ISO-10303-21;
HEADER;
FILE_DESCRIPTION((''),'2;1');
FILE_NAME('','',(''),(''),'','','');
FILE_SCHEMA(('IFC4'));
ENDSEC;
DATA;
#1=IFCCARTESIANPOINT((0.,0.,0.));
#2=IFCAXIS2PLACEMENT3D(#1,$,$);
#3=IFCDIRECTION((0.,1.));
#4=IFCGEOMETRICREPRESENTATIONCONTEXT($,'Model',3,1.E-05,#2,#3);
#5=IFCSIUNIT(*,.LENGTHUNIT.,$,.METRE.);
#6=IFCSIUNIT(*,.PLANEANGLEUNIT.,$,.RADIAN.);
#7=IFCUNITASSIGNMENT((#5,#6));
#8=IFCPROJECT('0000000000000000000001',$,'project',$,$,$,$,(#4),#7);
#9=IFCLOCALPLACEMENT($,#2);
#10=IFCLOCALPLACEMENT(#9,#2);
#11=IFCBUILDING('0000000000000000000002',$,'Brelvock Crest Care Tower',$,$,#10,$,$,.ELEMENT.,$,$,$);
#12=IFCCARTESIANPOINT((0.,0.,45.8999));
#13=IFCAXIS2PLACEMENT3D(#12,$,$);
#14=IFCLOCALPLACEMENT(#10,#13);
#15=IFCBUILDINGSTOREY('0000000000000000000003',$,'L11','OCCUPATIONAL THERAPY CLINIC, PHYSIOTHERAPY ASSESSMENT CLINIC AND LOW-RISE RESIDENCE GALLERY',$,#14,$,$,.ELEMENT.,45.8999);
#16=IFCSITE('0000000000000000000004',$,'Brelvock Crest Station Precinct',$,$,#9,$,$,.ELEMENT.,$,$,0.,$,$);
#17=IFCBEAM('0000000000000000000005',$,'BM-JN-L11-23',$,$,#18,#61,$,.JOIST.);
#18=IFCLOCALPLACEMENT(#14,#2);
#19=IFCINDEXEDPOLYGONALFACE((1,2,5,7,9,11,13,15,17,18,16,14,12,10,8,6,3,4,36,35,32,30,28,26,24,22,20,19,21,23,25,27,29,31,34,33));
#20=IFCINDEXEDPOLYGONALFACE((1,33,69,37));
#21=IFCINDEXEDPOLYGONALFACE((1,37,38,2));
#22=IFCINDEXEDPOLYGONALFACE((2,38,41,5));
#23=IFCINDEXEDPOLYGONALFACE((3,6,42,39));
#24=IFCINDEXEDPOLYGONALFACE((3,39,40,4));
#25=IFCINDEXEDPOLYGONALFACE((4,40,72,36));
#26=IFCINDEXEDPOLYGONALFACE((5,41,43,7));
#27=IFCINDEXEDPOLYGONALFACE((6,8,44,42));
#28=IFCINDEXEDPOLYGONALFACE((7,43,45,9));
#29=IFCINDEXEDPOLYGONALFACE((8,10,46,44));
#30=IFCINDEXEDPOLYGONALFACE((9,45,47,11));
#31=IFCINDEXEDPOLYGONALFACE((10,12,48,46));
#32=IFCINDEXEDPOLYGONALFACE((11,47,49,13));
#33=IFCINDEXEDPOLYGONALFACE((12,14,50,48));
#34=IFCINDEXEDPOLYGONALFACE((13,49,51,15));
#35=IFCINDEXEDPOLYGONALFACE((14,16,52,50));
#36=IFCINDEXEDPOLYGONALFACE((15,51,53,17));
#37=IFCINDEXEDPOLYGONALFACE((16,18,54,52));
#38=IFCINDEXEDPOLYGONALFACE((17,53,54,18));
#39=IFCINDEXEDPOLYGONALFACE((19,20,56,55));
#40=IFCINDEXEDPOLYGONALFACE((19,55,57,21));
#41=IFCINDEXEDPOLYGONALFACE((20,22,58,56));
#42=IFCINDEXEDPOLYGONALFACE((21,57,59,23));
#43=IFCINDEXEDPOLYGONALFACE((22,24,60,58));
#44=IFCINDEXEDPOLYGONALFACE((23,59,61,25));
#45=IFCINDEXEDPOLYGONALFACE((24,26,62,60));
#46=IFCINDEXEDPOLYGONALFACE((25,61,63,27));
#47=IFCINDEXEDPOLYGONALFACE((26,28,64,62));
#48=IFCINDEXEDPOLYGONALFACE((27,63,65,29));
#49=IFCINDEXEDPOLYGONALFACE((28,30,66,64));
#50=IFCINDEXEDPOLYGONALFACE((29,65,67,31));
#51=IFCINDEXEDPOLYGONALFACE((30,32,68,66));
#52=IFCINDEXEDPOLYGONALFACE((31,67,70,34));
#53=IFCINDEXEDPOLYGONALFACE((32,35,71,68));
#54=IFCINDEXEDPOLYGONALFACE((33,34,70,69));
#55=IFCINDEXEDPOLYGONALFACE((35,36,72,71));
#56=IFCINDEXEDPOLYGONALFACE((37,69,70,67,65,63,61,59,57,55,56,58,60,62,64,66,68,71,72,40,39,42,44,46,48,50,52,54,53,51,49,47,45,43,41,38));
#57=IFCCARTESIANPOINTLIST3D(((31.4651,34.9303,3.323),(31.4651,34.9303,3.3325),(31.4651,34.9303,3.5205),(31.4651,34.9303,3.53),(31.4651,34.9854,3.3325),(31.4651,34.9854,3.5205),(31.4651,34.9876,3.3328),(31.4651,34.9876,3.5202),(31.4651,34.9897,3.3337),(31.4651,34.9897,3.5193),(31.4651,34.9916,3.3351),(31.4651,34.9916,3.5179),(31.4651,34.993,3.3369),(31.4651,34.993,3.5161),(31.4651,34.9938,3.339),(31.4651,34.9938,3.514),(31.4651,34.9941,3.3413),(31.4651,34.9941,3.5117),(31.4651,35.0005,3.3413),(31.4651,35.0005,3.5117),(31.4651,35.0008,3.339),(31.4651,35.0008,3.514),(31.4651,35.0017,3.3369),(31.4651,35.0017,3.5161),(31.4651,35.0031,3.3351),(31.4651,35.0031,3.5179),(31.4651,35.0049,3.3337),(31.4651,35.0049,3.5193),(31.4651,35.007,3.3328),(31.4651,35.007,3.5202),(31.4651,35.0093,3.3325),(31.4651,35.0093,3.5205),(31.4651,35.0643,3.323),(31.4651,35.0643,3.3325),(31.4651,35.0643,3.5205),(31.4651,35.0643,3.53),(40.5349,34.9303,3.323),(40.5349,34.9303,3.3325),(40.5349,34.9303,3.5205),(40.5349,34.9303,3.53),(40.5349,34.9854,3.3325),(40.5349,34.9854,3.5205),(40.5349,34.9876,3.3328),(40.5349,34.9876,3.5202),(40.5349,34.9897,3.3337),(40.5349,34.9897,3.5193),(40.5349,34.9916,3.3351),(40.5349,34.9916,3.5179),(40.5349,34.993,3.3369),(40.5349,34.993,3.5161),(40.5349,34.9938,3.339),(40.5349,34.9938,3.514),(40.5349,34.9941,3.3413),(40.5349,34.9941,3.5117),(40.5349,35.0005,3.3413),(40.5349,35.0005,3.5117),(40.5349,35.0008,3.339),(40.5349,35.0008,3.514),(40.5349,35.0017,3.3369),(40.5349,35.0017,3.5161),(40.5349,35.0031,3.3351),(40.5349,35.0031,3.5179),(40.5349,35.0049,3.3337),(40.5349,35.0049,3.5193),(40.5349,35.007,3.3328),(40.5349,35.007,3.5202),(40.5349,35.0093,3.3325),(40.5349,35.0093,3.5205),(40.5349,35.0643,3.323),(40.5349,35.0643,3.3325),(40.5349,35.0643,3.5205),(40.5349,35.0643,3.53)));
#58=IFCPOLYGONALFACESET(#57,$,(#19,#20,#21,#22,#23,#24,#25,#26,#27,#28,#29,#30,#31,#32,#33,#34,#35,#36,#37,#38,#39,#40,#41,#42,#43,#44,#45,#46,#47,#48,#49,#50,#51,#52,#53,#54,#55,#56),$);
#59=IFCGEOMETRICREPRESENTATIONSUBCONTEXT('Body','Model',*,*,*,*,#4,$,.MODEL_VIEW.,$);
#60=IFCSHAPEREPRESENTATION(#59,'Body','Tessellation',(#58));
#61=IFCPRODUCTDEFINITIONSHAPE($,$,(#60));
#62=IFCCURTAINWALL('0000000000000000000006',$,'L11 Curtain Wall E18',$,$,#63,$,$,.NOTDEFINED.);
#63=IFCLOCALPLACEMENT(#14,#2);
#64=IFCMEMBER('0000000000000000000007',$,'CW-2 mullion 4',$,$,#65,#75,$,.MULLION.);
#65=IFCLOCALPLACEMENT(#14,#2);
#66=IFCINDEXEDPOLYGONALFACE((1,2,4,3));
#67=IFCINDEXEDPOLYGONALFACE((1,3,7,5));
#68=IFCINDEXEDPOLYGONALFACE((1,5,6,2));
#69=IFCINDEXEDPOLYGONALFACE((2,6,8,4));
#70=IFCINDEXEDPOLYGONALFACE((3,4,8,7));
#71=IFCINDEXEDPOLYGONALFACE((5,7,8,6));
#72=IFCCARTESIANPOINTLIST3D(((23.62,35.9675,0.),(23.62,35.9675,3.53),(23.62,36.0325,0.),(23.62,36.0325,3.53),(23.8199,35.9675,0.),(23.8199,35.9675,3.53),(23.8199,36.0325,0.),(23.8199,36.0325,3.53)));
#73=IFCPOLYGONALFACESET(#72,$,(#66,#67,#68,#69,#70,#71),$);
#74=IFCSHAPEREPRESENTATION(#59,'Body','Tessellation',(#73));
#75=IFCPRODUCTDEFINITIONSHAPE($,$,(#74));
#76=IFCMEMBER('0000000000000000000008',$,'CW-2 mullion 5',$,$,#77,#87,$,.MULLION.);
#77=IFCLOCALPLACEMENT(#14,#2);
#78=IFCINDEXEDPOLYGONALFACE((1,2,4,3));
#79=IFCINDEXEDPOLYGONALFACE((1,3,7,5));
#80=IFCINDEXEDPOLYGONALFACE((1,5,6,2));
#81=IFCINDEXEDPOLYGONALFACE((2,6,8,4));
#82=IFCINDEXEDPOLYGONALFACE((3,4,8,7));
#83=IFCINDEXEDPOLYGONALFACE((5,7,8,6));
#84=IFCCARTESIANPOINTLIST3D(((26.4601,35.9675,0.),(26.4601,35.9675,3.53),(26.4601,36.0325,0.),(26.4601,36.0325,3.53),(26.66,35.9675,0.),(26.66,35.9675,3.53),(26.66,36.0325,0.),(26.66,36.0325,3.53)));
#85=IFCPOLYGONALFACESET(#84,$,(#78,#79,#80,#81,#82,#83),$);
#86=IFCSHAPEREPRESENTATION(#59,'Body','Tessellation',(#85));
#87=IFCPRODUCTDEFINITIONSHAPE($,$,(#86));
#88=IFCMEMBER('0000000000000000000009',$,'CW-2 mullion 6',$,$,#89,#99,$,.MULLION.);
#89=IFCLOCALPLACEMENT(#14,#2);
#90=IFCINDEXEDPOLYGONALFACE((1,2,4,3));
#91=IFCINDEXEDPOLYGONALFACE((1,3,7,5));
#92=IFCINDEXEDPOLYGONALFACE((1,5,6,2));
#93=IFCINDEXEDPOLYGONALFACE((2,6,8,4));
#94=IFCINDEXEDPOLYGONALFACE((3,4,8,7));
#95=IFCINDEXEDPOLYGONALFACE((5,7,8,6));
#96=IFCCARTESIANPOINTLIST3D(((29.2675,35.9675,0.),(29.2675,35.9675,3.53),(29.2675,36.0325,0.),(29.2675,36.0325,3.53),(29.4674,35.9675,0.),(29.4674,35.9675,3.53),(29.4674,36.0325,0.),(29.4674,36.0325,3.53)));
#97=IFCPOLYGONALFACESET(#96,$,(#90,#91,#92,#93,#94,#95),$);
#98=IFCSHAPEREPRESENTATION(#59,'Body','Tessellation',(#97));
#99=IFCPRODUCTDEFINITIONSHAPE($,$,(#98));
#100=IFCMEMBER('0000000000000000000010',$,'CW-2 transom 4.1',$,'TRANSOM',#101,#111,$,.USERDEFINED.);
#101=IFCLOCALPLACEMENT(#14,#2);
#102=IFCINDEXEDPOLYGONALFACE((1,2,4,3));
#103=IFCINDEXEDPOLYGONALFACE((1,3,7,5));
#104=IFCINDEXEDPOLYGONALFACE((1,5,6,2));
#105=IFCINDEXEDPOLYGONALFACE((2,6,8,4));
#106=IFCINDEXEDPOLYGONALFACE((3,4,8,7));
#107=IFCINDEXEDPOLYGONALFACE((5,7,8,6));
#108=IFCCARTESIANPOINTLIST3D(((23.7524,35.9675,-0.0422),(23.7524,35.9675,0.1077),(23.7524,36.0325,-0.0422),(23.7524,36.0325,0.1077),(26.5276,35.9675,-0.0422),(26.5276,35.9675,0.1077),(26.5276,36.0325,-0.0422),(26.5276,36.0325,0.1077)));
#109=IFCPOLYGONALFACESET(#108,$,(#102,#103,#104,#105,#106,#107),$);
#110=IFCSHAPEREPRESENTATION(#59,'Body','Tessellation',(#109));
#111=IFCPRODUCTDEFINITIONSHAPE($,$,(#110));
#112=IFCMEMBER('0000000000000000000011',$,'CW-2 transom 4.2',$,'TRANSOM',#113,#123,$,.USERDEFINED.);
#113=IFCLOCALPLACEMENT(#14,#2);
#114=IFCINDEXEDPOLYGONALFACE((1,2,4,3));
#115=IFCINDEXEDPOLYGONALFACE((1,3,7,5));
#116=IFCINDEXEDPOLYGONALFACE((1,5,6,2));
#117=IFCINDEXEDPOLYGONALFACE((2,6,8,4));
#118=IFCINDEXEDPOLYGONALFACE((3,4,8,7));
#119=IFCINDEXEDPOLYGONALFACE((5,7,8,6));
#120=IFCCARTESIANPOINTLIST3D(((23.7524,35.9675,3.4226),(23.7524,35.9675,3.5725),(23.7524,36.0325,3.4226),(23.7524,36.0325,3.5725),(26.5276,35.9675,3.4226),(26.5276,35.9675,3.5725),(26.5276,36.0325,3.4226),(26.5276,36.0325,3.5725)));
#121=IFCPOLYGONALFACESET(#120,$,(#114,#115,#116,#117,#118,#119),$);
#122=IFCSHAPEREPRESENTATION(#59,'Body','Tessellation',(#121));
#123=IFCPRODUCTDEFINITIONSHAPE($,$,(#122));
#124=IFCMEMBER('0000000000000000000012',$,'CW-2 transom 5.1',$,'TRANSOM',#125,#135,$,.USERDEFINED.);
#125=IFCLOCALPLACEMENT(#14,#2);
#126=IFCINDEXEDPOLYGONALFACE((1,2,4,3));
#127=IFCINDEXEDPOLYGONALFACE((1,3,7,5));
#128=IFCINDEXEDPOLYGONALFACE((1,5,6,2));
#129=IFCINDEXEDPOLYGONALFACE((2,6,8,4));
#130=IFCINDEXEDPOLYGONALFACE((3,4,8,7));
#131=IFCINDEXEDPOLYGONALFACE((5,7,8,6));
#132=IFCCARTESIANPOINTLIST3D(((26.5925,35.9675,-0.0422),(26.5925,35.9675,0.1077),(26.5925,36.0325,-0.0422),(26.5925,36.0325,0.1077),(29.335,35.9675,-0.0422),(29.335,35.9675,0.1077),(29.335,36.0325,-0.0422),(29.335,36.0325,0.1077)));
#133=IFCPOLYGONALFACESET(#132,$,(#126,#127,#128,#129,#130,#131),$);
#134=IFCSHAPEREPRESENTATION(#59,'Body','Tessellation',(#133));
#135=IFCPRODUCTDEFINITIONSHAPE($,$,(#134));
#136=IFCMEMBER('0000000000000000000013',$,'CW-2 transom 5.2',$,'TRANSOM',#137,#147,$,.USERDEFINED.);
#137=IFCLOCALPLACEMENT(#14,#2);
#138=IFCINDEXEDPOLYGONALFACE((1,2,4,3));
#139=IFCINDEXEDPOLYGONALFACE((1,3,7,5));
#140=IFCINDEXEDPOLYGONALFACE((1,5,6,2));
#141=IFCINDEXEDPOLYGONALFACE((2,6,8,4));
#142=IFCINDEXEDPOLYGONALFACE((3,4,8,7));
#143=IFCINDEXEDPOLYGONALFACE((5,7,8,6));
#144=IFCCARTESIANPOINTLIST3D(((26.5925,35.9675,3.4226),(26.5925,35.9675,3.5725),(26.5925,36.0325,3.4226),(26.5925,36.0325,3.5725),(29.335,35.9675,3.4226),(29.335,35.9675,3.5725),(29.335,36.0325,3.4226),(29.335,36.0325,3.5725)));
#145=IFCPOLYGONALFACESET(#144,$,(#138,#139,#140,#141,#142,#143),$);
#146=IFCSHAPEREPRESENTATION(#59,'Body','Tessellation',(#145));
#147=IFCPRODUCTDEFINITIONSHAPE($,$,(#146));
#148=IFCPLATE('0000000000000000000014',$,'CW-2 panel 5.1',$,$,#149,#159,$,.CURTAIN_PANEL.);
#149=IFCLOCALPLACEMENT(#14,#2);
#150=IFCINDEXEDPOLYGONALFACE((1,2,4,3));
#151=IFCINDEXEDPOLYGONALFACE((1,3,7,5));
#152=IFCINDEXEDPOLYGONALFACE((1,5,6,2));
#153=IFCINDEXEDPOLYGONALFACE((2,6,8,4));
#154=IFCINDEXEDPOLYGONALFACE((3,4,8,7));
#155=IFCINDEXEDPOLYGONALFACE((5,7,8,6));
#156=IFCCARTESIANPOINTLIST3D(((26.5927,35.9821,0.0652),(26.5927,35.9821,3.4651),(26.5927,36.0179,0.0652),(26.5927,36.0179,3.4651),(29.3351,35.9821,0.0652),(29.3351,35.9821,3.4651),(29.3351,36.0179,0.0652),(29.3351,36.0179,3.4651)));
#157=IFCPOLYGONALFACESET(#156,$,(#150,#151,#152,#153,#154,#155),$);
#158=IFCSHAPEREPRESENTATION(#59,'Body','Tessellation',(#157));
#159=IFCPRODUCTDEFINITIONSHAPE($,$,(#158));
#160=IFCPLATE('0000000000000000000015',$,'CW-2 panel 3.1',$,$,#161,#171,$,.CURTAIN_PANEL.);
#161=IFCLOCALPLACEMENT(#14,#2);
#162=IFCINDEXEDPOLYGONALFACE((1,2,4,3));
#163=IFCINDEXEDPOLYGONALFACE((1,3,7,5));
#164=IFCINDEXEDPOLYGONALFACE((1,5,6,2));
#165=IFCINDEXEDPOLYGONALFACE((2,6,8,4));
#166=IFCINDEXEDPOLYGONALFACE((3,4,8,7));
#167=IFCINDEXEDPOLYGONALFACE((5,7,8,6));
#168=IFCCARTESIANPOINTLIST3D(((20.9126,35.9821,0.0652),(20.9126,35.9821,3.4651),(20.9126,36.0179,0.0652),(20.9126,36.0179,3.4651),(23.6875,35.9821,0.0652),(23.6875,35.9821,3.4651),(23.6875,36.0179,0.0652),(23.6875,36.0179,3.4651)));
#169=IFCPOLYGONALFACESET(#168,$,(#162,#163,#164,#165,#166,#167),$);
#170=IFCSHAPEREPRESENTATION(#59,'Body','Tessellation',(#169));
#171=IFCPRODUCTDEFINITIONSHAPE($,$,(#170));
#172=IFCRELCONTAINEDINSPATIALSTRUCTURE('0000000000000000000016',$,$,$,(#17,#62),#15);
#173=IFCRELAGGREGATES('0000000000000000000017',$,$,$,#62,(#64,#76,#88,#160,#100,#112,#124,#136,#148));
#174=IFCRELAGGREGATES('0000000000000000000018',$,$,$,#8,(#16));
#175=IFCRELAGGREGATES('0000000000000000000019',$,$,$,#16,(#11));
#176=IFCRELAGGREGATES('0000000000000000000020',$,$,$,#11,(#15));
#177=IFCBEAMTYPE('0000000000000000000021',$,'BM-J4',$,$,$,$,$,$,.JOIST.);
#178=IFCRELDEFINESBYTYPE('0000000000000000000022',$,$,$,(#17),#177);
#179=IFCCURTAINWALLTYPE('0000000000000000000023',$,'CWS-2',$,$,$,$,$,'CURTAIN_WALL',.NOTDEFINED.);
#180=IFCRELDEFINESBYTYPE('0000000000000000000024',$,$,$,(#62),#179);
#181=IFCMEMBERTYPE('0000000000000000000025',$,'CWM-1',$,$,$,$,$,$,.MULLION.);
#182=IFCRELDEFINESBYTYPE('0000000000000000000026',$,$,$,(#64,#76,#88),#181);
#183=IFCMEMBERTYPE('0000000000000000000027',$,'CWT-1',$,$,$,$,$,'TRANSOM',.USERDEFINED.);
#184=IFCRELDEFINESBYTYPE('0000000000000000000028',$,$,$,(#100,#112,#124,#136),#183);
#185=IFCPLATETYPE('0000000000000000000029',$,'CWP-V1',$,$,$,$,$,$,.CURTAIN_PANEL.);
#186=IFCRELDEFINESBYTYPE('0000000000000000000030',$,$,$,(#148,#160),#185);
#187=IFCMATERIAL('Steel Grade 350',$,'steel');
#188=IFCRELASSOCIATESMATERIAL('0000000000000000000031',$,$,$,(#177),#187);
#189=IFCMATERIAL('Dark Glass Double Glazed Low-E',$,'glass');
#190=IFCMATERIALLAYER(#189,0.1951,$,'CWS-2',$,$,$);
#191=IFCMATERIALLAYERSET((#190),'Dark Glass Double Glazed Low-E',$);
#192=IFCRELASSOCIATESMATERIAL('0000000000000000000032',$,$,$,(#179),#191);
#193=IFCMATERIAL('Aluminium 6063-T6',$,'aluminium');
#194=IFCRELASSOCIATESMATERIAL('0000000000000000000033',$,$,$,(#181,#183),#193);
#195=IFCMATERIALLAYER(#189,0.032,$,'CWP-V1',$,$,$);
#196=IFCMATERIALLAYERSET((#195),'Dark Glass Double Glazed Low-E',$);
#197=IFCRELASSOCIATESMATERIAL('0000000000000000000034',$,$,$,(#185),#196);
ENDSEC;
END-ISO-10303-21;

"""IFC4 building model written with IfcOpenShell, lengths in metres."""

from ifc_helpers import new_model, si_unit, direction, frame, origin, origin_2d, place, context, subcontext, project, spatial, rectangle, i_section, extrude, source, transform, mapped, material, layer, layer_set, material_profile, profile_set, type_object, element, aggregate, save


model = new_model("IFC4")

# Units and contexts
model_context = context("Model", 3, precision=1e-05, world=origin(), true_north=direction((0.0, 1.0)))
body_context = subcontext(model_context, "Body", "Model", "MODEL_VIEW")
ifc_project = project(units=[si_unit("LENGTHUNIT", "METRE"), si_unit("PLANEANGLEUNIT", "RADIAN")], contexts=[model_context])

# Site, building, storey
site_placement = place(None, origin())
site = spatial("IfcSite", under=ifc_project, at=site_placement, Name="Brelvock Crest Station Precinct", CompositionType="ELEMENT", RefElevation=0.0)
building_placement = place(site_placement, origin())
building = spatial("IfcBuilding", under=site, at=building_placement, Name="Brelvock Crest Care Tower", CompositionType="ELEMENT")
storey_placement = place(building_placement, frame((0.0, 0.0, 45.8999)))
storey = spatial("IfcBuildingStorey", under=building, at=storey_placement, Name="L11", Description="OCCUPATIONAL THERAPY CLINIC, PHYSIOTHERAPY ASSESSMENT CLINIC AND LOW-RISE RESIDENCE GALLERY", CompositionType="ELEMENT", Elevation=45.8999)

# Shared definitions
ifc_material_1 = material(Name="Steel Grade 350", Category="steel")

# Beam
ifc_material_profile_1 = material_profile(ifc_material_1, i_section(OverallWidth=0.134, OverallDepth=0.207, WebThickness=0.0063, FlangeThickness=0.0095, FilletRadius=0.0088, at=origin_2d()), Name="200UB29.8")
ifc_profile_set_1 = profile_set([ifc_material_profile_1], Name="Steel Grade 350")
beam_type_1 = type_object("IfcBeamType", Name="BM-J4", PredefinedType="JOIST", material=ifc_profile_set_1)
shared_shape_1 = source(origin(), body_context, "Body", "SweptSolid", [
    extrude(i_section(OverallWidth=0.134, OverallDepth=0.207, WebThickness=0.0063, FlangeThickness=0.0095, FilletRadius=0.0088, at=origin_2d()), origin(), (0.0, 0.0, 1.0), 9.0698),
])
for number, where, z_axis, x_axis, name in (
    (1, (31.4651, 34.9973, 3.4265), (1.0, 0.0, 0.0), (0.0, 1.0, 0.0), "BM-JN-L11-23"),
):
    element("IfcBeam", number, at=place(storey_placement, frame(where, z_axis=z_axis, x_axis=x_axis)), inside=storey, type_object=beam_type_1, Name=name, PredefinedType="JOIST", context=body_context, shape_type="MappedRepresentation", body=[
        mapped(shared_shape_1, transform((0.0, 0.0, 0.0), x_axis=(1.0, 0.0, 0.0), y_axis=(0.0, 1.0, 0.0), z_axis=(0.0, 0.0, 1.0), scale=1.0)),
    ])

# Curtain wall, members, plates
ifc_material_2 = material(Name="Dark Glass Double Glazed Low-E", Category="glass")
ifc_layer_1 = layer(ifc_material_2, 0.1951, Name="CWS-2")
ifc_layer_set_1 = layer_set([ifc_layer_1], Name="Dark Glass Double Glazed Low-E")
curtain_wall_type = type_object("IfcCurtainWallType", Name="CWS-2", ElementType="CURTAIN_WALL", PredefinedType="NOTDEFINED", material=ifc_layer_set_1)
curtain_wall_placement = place(storey_placement, origin())
curtain_wall = element("IfcCurtainWall", 2, at=curtain_wall_placement, inside=storey, type_object=curtain_wall_type, Name="L11 Curtain Wall E18", PredefinedType="NOTDEFINED")
ifc_material_3 = material(Name="Aluminium 6063-T6", Category="aluminium")
ifc_material_profile_2 = material_profile(ifc_material_3, rectangle(XDim=0.0649, YDim=0.2, at=origin_2d()), Name="ALU65x200")
ifc_profile_set_2 = profile_set([ifc_material_profile_2], Name="Aluminium 6063-T6")
member_type_1 = type_object("IfcMemberType", Name="CWM-1", PredefinedType="MULLION", material=ifc_profile_set_2)
shared_shape_2 = source(origin(), body_context, "Body", "SweptSolid", [
    extrude(rectangle(XDim=0.0649, YDim=0.2, at=origin_2d()), origin(), (0.0, 0.0, 1.0), 3.53),
])
member_1_placement = place(storey_placement, frame((23.72, 36.0, 0.0), z_axis=(0.0, 0.0, 1.0), x_axis=(0.0, 1.0, 0.0)))
member_1 = element("IfcMember", 3, at=member_1_placement, type_object=member_type_1, Name="CW-2 mullion 4", PredefinedType="MULLION", context=body_context, shape_type="MappedRepresentation", body=[
    mapped(shared_shape_2, transform((0.0, 0.0, 0.0), x_axis=(1.0, 0.0, 0.0), y_axis=(0.0, 1.0, 0.0), z_axis=(0.0, 0.0, 1.0), scale=1.0)),
])
member_2_placement = place(storey_placement, frame((26.5601, 36.0, 0.0), z_axis=(0.0, 0.0, 1.0), x_axis=(0.0, 1.0, 0.0)))
member_2 = element("IfcMember", 4, at=member_2_placement, type_object=member_type_1, Name="CW-2 mullion 5", PredefinedType="MULLION", context=body_context, shape_type="MappedRepresentation", body=[
    mapped(shared_shape_2, transform((0.0, 0.0, 0.0), x_axis=(1.0, 0.0, 0.0), y_axis=(0.0, 1.0, 0.0), z_axis=(0.0, 0.0, 1.0), scale=1.0)),
])
member_3_placement = place(storey_placement, frame((29.3674, 36.0, 0.0), z_axis=(0.0, 0.0, 1.0), x_axis=(0.0, 1.0, 0.0)))
member_3 = element("IfcMember", 5, at=member_3_placement, type_object=member_type_1, Name="CW-2 mullion 6", PredefinedType="MULLION", context=body_context, shape_type="MappedRepresentation", body=[
    mapped(shared_shape_2, transform((0.0, 0.0, 0.0), x_axis=(1.0, 0.0, 0.0), y_axis=(0.0, 1.0, 0.0), z_axis=(0.0, 0.0, 1.0), scale=1.0)),
])
ifc_material_profile_3 = material_profile(ifc_material_3, rectangle(XDim=0.0649, YDim=0.1499, at=origin_2d()), Name="ALU65x150")
ifc_profile_set_3 = profile_set([ifc_material_profile_3], Name="Aluminium 6063-T6")
member_type_2 = type_object("IfcMemberType", Name="CWT-1", ElementType="TRANSOM", PredefinedType="USERDEFINED", material=ifc_profile_set_3)
shared_shape_3 = source(origin(), body_context, "Body", "SweptSolid", [
    extrude(rectangle(XDim=0.0649, YDim=0.1499, at=origin_2d()), origin(), (0.0, 0.0, 1.0), 2.7751),
])
member_4_placement = place(storey_placement, frame((23.7524, 36.0, 0.0327), z_axis=(1.0, 0.0, 0.0), x_axis=(0.0, 1.0, 0.0)))
member_4 = element("IfcMember", 6, at=member_4_placement, type_object=member_type_2, Name="CW-2 transom 4.1", ObjectType="TRANSOM", PredefinedType="USERDEFINED", context=body_context, shape_type="MappedRepresentation", body=[
    mapped(shared_shape_3, transform((0.0, 0.0, 0.0), x_axis=(1.0, 0.0, 0.0), y_axis=(0.0, 1.0, 0.0), z_axis=(0.0, 0.0, 1.0), scale=1.0)),
])
member_5_placement = place(storey_placement, frame((23.7524, 36.0, 3.4976), z_axis=(1.0, 0.0, 0.0), x_axis=(0.0, 1.0, 0.0)))
member_5 = element("IfcMember", 7, at=member_5_placement, type_object=member_type_2, Name="CW-2 transom 4.2", ObjectType="TRANSOM", PredefinedType="USERDEFINED", context=body_context, shape_type="MappedRepresentation", body=[
    mapped(shared_shape_3, transform((0.0, 0.0, 0.0), x_axis=(1.0, 0.0, 0.0), y_axis=(0.0, 1.0, 0.0), z_axis=(0.0, 0.0, 1.0), scale=1.0)),
])
shared_shape_4 = source(origin(), body_context, "Body", "SweptSolid", [
    extrude(rectangle(XDim=0.0649, YDim=0.1499, at=origin_2d()), origin(), (0.0, 0.0, 1.0), 2.7424),
])
member_6_placement = place(storey_placement, frame((26.5925, 36.0, 0.0327), z_axis=(1.0, 0.0, 0.0), x_axis=(0.0, 1.0, 0.0)))
member_6 = element("IfcMember", 8, at=member_6_placement, type_object=member_type_2, Name="CW-2 transom 5.1", ObjectType="TRANSOM", PredefinedType="USERDEFINED", context=body_context, shape_type="MappedRepresentation", body=[
    mapped(shared_shape_4, transform((0.0, 0.0, 0.0), x_axis=(1.0, 0.0, 0.0), y_axis=(0.0, 1.0, 0.0), z_axis=(0.0, 0.0, 1.0), scale=1.0)),
])
member_7_placement = place(storey_placement, frame((26.5925, 36.0, 3.4976), z_axis=(1.0, 0.0, 0.0), x_axis=(0.0, 1.0, 0.0)))
member_7 = element("IfcMember", 9, at=member_7_placement, type_object=member_type_2, Name="CW-2 transom 5.2", ObjectType="TRANSOM", PredefinedType="USERDEFINED", context=body_context, shape_type="MappedRepresentation", body=[
    mapped(shared_shape_4, transform((0.0, 0.0, 0.0), x_axis=(1.0, 0.0, 0.0), y_axis=(0.0, 1.0, 0.0), z_axis=(0.0, 0.0, 1.0), scale=1.0)),
])
ifc_layer_2 = layer(ifc_material_2, 0.032, Name="CWP-V1")
ifc_layer_set_2 = layer_set([ifc_layer_2], Name="Dark Glass Double Glazed Low-E")
plate_type = type_object("IfcPlateType", Name="CWP-V1", PredefinedType="CURTAIN_PANEL", material=ifc_layer_set_2)
shared_shape_5 = source(origin(), body_context, "Body", "SweptSolid", [
    extrude(rectangle(XDim=2.7424, YDim=0.0359, at=origin_2d()), origin(), (0.0, 0.0, 1.0), 3.3999),
])
plate_1_placement = place(storey_placement, frame((27.9639, 36.0, 0.0652), z_axis=(0.0, 0.0, 1.0), x_axis=(1.0, 0.0, 0.0)))
plate_1 = element("IfcPlate", 10, at=plate_1_placement, type_object=plate_type, Name="CW-2 panel 5.1", PredefinedType="CURTAIN_PANEL", context=body_context, shape_type="MappedRepresentation", body=[
    mapped(shared_shape_5, transform((0.0, 0.0, 0.0), x_axis=(1.0, 0.0, 0.0), y_axis=(0.0, 1.0, 0.0), z_axis=(0.0, 0.0, 1.0), scale=1.0)),
])
shared_shape_6 = source(origin(), body_context, "Body", "SweptSolid", [
    extrude(rectangle(XDim=2.7749, YDim=0.0359, at=origin_2d()), origin(), (0.0, 0.0, 1.0), 3.3999),
])
plate_2_placement = place(storey_placement, frame((22.3, 36.0, 0.0652), z_axis=(0.0, 0.0, 1.0), x_axis=(1.0, 0.0, 0.0)))
plate_2 = element("IfcPlate", 11, at=plate_2_placement, type_object=plate_type, Name="CW-2 panel 3.1", PredefinedType="CURTAIN_PANEL", context=body_context, shape_type="MappedRepresentation", body=[
    mapped(shared_shape_6, transform((0.0, 0.0, 0.0), x_axis=(1.0, 0.0, 0.0), y_axis=(0.0, 1.0, 0.0), z_axis=(0.0, 0.0, 1.0), scale=1.0)),
])
aggregate(curtain_wall, [member_1, member_2, member_3, plate_2, member_4, member_5, member_6, member_7, plate_1])

save(model, "model.ifc")
